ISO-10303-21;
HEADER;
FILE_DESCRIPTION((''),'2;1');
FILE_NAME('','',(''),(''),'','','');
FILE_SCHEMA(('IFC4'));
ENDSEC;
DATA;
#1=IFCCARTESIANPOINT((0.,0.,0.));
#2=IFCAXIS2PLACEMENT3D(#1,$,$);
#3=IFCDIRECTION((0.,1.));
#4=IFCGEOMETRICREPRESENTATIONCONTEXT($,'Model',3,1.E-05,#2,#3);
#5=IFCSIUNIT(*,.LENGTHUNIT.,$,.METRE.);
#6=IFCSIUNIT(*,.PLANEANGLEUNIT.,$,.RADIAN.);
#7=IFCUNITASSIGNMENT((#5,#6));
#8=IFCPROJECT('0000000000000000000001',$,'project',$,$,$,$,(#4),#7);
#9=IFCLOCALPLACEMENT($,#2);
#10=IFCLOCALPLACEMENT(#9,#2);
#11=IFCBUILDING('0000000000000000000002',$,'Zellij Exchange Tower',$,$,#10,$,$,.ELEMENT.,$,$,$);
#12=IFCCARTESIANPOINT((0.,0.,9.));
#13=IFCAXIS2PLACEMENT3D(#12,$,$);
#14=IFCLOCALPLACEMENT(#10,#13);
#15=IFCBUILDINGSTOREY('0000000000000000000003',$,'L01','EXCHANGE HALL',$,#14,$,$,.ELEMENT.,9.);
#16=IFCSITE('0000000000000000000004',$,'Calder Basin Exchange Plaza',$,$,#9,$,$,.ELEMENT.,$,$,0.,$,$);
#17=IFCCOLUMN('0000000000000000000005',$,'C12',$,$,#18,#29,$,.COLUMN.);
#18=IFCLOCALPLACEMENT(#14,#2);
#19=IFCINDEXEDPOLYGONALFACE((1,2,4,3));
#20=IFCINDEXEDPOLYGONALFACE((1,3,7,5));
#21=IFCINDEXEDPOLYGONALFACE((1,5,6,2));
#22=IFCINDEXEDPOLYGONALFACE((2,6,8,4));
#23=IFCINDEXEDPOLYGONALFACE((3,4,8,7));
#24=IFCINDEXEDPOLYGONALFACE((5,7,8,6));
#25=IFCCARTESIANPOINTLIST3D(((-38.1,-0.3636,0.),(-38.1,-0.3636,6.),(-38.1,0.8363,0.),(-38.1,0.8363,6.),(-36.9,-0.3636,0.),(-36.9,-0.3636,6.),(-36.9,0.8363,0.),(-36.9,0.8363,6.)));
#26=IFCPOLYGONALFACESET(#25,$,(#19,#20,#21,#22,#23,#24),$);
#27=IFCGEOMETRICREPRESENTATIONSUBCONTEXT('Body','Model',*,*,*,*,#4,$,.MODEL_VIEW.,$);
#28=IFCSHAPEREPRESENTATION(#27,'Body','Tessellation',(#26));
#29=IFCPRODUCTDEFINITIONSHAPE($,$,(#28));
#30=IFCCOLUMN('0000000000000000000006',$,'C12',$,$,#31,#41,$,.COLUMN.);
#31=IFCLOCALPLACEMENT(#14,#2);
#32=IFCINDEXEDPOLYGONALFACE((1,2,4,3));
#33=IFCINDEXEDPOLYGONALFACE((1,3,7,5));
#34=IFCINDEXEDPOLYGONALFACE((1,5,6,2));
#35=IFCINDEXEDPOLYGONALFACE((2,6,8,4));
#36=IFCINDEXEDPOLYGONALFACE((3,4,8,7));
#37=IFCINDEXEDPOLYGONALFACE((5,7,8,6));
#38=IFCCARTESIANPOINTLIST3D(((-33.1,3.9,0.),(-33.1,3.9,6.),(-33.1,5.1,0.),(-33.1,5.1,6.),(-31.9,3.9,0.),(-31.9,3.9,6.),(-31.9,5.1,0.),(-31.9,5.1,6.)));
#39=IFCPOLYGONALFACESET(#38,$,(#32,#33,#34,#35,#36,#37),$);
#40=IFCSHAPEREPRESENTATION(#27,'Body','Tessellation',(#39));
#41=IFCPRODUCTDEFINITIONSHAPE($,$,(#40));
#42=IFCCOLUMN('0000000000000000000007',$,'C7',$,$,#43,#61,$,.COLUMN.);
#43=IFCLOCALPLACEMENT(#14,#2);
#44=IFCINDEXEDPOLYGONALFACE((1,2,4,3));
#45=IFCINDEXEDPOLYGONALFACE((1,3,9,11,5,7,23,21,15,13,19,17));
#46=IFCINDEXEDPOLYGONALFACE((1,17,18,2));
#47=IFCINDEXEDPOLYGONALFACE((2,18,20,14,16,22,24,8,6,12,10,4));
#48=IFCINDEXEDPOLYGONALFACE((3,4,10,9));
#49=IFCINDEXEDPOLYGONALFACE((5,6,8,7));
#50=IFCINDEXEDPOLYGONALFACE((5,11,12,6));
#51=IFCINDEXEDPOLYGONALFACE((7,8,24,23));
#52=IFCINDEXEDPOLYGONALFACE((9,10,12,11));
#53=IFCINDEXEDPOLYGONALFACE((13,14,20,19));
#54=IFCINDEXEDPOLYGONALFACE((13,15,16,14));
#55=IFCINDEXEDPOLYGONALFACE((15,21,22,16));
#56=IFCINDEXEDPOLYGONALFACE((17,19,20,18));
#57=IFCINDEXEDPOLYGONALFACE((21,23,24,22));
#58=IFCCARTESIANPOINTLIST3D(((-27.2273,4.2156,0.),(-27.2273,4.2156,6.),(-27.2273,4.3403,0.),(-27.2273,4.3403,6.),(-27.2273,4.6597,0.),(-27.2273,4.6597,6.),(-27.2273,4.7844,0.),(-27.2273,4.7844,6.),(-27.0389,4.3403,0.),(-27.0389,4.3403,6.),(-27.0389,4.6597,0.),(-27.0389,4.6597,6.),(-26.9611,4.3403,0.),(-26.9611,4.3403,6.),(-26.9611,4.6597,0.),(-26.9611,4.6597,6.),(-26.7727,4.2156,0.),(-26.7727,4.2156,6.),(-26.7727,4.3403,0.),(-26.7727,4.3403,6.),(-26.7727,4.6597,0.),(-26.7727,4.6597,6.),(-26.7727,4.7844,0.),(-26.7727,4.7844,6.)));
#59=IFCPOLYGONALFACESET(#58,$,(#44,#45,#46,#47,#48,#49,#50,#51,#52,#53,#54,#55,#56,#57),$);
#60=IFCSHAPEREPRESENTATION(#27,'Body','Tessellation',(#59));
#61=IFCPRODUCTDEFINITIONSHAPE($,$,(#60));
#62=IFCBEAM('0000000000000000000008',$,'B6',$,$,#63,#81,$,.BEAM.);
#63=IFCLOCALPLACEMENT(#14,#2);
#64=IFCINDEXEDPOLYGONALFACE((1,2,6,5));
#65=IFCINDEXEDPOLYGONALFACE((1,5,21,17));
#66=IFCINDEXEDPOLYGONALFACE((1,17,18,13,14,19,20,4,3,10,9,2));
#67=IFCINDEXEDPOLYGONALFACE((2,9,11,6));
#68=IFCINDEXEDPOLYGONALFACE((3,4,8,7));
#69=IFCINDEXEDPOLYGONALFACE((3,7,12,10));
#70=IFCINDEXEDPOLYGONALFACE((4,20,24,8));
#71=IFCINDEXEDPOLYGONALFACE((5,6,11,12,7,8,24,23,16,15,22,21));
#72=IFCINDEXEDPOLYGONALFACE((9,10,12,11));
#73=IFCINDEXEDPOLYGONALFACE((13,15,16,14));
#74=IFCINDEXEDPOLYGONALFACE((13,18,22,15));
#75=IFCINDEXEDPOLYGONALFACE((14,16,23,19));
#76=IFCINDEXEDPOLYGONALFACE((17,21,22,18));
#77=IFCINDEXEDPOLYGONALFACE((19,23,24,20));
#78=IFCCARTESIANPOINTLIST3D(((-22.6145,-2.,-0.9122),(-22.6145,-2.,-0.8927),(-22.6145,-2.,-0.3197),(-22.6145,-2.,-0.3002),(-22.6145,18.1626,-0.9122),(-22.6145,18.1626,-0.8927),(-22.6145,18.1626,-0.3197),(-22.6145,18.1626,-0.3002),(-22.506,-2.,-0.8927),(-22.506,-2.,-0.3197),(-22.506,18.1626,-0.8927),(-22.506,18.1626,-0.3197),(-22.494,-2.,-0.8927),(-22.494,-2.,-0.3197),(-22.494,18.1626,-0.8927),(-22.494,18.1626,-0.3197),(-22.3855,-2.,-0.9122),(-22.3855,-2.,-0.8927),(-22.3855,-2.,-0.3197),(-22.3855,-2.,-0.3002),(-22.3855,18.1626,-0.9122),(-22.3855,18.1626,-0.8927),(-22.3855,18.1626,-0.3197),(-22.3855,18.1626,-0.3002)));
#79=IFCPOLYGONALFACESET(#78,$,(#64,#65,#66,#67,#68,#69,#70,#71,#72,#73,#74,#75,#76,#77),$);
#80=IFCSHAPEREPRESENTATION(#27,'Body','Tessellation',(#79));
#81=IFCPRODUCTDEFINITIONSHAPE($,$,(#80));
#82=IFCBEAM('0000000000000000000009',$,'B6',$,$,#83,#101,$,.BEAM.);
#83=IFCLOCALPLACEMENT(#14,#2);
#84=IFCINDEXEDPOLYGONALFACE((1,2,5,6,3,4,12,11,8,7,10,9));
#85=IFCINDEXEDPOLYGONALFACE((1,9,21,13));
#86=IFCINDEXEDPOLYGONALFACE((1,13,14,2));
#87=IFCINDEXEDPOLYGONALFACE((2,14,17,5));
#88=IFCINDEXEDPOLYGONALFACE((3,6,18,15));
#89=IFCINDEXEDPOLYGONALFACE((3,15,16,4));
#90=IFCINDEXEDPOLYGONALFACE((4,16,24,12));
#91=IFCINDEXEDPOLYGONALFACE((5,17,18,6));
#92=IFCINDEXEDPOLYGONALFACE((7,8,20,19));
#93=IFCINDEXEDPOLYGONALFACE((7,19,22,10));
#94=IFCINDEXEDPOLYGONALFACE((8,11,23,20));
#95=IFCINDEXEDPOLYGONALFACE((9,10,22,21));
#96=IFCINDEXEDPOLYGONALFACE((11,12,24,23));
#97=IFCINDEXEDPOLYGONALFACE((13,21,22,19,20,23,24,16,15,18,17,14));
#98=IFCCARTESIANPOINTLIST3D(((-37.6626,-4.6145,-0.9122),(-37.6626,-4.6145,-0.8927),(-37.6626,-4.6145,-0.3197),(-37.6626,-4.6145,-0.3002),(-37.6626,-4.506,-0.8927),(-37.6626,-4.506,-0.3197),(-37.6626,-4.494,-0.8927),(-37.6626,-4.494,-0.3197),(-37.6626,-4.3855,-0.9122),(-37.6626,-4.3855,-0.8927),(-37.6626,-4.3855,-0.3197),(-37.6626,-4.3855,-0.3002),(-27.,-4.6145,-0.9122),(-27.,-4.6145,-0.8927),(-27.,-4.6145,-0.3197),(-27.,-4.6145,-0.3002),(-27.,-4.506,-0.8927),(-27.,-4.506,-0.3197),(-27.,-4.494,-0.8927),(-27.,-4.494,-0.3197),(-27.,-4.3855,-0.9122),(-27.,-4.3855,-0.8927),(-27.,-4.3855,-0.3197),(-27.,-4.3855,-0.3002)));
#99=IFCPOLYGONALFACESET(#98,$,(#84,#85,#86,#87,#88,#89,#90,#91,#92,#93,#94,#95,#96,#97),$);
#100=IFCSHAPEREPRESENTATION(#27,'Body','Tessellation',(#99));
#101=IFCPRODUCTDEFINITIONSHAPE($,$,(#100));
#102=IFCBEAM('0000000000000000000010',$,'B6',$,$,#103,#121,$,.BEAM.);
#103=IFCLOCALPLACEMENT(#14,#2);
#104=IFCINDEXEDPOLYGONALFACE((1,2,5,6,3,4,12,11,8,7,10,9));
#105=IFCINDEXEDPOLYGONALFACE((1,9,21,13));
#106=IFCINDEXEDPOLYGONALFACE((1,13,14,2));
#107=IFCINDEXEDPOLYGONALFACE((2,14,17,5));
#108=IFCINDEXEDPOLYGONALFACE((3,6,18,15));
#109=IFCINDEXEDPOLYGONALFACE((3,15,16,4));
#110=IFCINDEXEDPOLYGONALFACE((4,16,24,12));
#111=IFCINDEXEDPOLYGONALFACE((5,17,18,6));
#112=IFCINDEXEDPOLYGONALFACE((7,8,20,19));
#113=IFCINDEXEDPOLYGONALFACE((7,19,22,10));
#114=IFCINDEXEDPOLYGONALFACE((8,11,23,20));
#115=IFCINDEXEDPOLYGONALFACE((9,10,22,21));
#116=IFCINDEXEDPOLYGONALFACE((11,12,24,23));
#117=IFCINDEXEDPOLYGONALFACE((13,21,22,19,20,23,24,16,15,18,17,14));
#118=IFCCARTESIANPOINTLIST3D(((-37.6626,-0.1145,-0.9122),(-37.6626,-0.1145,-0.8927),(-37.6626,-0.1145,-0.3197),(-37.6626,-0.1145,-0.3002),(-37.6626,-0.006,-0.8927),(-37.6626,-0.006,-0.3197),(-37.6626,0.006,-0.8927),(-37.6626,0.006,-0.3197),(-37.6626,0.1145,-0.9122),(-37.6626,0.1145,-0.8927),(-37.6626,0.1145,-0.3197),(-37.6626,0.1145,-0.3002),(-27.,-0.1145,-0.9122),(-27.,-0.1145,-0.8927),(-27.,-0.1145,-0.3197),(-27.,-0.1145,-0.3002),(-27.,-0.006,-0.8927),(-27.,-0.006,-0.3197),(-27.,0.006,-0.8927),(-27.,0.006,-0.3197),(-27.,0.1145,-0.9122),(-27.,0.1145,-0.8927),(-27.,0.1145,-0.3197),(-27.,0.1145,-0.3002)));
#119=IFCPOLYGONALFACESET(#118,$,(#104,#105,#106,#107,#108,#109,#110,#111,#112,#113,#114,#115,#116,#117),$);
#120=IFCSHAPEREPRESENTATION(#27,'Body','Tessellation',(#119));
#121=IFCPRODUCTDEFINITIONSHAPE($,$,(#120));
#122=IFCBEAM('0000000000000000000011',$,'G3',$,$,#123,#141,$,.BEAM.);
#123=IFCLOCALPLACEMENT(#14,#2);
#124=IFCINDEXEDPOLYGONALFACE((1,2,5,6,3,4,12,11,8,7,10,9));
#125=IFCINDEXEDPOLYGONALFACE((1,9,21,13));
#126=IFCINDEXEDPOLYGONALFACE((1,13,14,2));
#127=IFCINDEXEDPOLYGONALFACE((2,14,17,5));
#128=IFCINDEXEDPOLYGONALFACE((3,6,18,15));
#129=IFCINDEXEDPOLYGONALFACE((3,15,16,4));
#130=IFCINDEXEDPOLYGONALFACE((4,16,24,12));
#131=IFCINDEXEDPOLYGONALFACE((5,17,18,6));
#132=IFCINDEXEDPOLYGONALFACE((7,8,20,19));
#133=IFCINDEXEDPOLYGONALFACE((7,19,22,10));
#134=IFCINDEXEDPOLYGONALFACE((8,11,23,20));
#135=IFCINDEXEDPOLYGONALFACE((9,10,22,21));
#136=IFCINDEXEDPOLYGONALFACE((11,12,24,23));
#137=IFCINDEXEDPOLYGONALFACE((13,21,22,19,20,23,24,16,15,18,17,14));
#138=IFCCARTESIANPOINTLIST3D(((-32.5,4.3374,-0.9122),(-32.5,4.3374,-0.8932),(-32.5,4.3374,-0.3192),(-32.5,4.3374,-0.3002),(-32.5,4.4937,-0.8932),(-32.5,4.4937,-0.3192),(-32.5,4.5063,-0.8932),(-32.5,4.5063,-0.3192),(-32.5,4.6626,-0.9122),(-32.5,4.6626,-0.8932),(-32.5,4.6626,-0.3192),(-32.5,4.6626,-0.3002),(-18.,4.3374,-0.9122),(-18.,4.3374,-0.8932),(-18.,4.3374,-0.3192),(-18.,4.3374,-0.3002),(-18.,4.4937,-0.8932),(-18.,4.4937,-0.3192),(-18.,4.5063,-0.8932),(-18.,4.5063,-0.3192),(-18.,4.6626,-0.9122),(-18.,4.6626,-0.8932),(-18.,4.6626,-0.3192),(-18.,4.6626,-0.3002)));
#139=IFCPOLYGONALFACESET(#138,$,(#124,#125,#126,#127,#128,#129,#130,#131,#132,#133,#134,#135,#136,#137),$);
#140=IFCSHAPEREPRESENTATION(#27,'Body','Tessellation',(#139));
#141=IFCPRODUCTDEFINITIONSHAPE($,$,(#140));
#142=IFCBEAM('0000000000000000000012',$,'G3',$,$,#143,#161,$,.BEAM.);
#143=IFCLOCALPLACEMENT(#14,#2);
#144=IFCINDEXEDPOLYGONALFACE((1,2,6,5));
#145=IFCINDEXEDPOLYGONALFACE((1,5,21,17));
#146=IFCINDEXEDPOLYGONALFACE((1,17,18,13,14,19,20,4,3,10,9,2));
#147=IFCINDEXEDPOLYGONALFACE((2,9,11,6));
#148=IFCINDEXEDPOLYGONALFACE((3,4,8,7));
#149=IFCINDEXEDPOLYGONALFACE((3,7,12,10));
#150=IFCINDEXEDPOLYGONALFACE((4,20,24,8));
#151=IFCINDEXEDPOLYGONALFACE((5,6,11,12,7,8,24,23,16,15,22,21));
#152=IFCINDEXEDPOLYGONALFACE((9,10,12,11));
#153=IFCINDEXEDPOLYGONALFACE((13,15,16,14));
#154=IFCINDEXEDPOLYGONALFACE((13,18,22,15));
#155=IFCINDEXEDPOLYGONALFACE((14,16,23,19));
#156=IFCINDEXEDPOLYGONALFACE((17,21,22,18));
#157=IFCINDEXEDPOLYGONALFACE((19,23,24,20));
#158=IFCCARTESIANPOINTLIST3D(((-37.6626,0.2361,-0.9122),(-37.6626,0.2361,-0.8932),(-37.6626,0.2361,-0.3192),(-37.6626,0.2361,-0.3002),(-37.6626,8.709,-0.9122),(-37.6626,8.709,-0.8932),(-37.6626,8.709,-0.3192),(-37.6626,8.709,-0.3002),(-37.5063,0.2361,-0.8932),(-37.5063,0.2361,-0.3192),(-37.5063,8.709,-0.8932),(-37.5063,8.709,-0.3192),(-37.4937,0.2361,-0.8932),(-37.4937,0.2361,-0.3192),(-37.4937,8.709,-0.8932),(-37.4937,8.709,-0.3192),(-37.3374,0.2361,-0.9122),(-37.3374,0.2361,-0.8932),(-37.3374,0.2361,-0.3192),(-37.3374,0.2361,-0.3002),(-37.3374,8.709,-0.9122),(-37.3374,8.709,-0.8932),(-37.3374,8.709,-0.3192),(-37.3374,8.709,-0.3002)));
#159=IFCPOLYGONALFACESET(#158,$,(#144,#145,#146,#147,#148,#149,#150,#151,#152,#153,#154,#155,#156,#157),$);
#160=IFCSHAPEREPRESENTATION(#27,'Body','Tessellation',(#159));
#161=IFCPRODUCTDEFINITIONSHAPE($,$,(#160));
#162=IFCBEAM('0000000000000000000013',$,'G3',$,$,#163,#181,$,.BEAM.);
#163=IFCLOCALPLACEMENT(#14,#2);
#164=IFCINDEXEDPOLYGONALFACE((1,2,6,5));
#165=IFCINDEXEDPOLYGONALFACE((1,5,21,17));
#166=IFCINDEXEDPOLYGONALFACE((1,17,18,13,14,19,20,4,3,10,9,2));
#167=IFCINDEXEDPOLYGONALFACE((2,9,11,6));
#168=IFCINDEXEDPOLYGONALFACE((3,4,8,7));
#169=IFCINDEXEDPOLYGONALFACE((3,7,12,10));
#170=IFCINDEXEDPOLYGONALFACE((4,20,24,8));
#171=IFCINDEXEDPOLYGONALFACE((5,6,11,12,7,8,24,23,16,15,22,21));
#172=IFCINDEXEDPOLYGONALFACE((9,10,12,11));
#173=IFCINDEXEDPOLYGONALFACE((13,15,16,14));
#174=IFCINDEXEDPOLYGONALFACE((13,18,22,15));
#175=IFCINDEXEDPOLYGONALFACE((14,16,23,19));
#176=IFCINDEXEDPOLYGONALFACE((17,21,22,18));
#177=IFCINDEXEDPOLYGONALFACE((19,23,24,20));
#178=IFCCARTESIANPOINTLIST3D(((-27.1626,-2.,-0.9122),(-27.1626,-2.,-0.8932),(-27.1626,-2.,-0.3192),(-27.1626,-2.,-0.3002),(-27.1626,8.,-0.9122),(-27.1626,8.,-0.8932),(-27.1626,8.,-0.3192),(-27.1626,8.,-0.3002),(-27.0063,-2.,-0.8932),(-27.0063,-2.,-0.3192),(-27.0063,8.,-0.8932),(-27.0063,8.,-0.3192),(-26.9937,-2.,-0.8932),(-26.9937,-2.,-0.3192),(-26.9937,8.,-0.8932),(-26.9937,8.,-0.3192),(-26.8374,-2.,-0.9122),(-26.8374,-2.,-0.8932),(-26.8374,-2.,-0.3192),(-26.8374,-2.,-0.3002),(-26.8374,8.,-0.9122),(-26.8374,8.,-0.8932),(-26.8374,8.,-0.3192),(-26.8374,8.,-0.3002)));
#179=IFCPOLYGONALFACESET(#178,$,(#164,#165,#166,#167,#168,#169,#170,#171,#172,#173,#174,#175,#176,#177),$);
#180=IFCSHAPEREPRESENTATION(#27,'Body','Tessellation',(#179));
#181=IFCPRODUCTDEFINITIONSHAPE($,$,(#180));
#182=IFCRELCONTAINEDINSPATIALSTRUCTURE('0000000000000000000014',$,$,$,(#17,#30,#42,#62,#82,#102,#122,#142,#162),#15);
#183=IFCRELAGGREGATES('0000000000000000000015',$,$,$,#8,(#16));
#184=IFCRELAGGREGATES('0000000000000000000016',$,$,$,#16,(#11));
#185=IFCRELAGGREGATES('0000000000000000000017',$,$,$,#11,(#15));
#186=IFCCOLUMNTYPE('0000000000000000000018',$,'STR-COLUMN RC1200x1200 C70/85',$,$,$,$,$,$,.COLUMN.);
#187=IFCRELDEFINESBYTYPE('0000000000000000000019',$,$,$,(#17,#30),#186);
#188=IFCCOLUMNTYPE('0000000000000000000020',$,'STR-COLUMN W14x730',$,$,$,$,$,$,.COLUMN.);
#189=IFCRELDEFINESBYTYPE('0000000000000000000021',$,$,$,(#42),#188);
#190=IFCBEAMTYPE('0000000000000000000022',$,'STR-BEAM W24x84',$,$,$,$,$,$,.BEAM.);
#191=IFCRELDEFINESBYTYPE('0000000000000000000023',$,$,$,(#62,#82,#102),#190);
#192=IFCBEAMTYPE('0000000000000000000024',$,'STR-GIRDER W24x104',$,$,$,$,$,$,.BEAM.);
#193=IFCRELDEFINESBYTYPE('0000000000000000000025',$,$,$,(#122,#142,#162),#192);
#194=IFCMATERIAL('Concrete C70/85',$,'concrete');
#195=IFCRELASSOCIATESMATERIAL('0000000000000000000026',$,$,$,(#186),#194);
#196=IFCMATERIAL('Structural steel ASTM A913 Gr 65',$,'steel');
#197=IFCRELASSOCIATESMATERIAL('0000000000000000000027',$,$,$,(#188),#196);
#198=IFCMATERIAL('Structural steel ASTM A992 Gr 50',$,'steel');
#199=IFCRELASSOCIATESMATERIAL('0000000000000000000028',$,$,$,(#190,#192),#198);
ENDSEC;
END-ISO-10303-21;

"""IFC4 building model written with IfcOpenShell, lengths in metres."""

from ifc_helpers import new_model, si_unit, direction, frame, origin, origin_2d, place, context, subcontext, project, spatial, rectangle, i_section, extrude, material, material_profile, profile_set, type_object, element, save


model = new_model("IFC4")

# Units and contexts
model_context = context("Model", 3, precision=1e-05, world=origin(), true_north=direction((0.0, 1.0)))
body_context = subcontext(model_context, "Body", "Model", "MODEL_VIEW")
ifc_project = project(units=[si_unit("LENGTHUNIT", "METRE"), si_unit("PLANEANGLEUNIT", "RADIAN")], contexts=[model_context])

# Site, building, storey
site_placement = place(None, origin())
site = spatial("IfcSite", under=ifc_project, at=site_placement, Name="Calder Basin Exchange Plaza", CompositionType="ELEMENT", RefElevation=0.0)
building_placement = place(site_placement, origin())
building = spatial("IfcBuilding", under=site, at=building_placement, Name="Zellij Exchange Tower", CompositionType="ELEMENT")
storey_placement = place(building_placement, frame((0.0, 0.0, 9.0)))
storey = spatial("IfcBuildingStorey", under=building, at=storey_placement, Name="L01", Description="EXCHANGE HALL", CompositionType="ELEMENT", Elevation=9.0)

# Columns
ifc_material_1 = material(Name="Concrete C70/85", Category="concrete")
ifc_material_profile_1 = material_profile(ifc_material_1, rectangle(XDim=1.2, YDim=1.2, at=origin_2d()), Name="STR-COLUMN RC1200x1200 C70/85")
ifc_profile_set_1 = profile_set([ifc_material_profile_1], Name="Concrete C70/85")
column_type_1 = type_object("IfcColumnType", Name="STR-COLUMN RC1200x1200 C70/85", PredefinedType="COLUMN", material=ifc_profile_set_1)
for number, where, z_axis, x_axis, name in (
    (1, (-37.5, 0.2363, 0.0), (0.0, 0.0, 1.0), (1.0, 0.0, 0.0), "C12"),
    (2, (-32.5, 4.5, 0.0), (0.0, 0.0, 1.0), (1.0, 0.0, 0.0), "C12"),
):
    element("IfcColumn", number, at=place(storey_placement, frame(where, z_axis=z_axis, x_axis=x_axis)), inside=storey, type_object=column_type_1, Name=name, PredefinedType="COLUMN", context=body_context, shape_type="SweptSolid", body=[
        extrude(rectangle(XDim=1.2, YDim=1.2, at=origin_2d()), origin(), (0.0, 0.0, 1.0), 6.0),
    ])
ifc_material_2 = material(Name="Structural steel ASTM A913 Gr 65", Category="steel")
ifc_material_profile_2 = material_profile(ifc_material_2, i_section(OverallWidth=0.4546, OverallDepth=0.5688, WebThickness=0.0779, FlangeThickness=0.1248, at=origin_2d()), Name="W14x730")
ifc_profile_set_2 = profile_set([ifc_material_profile_2], Name="Structural steel ASTM A913 Gr 65")
column_type_2 = type_object("IfcColumnType", Name="STR-COLUMN W14x730", PredefinedType="COLUMN", material=ifc_profile_set_2)
column_placement = place(storey_placement, frame((-27.0, 4.5, 0.0), z_axis=(0.0, 0.0, 1.0), x_axis=(1.0, 0.0, 0.0)))
element("IfcColumn", 3, at=column_placement, inside=storey, type_object=column_type_2, Name="C7", PredefinedType="COLUMN", context=body_context, shape_type="SweptSolid", body=[
    extrude(i_section(OverallWidth=0.4546, OverallDepth=0.5688, WebThickness=0.0779, FlangeThickness=0.1248, at=origin_2d()), origin(), (0.0, 0.0, 1.0), 6.0),
])

# Beams
ifc_material_3 = material(Name="Structural steel ASTM A992 Gr 50", Category="steel")
ifc_material_profile_3 = material_profile(ifc_material_3, i_section(OverallWidth=0.229, OverallDepth=0.6121, WebThickness=0.012, FlangeThickness=0.0195, at=origin_2d()), Name="W24x84")
ifc_profile_set_3 = profile_set([ifc_material_profile_3], Name="Structural steel ASTM A992 Gr 50")
beam_type_1 = type_object("IfcBeamType", Name="STR-BEAM W24x84", PredefinedType="BEAM", material=ifc_profile_set_3)
beam_1_placement = place(storey_placement, frame((-22.5, -2.0, -0.6062), z_axis=(0.0, 1.0, 0.0), x_axis=(-1.0, 0.0, 0.0)))
element("IfcBeam", 4, at=beam_1_placement, inside=storey, type_object=beam_type_1, Name="B6", PredefinedType="BEAM", context=body_context, shape_type="SweptSolid", body=[
    extrude(i_section(OverallWidth=0.229, OverallDepth=0.6121, WebThickness=0.012, FlangeThickness=0.0195, at=origin_2d()), origin(), (0.0, 0.0, 1.0), 20.1626),
])
for number, where, z_axis, x_axis, name in (
    (5, (-37.6626, -4.5, -0.6062), (1.0, 0.0, 0.0), (0.0, 1.0, 0.0), "B6"),
    (6, (-37.6626, 0.0, -0.6062), (1.0, 0.0, 0.0), (0.0, 1.0, 0.0), "B6"),
):
    element("IfcBeam", number, at=place(storey_placement, frame(where, z_axis=z_axis, x_axis=x_axis)), inside=storey, type_object=beam_type_1, Name=name, PredefinedType="BEAM", context=body_context, shape_type="SweptSolid", body=[
        extrude(i_section(OverallWidth=0.229, OverallDepth=0.6121, WebThickness=0.012, FlangeThickness=0.0195, at=origin_2d()), origin(), (0.0, 0.0, 1.0), 10.6626),
    ])
ifc_material_profile_4 = material_profile(ifc_material_3, i_section(OverallWidth=0.3252, OverallDepth=0.6121, WebThickness=0.0127, FlangeThickness=0.019, at=origin_2d()), Name="W24x104")
ifc_profile_set_4 = profile_set([ifc_material_profile_4], Name="Structural steel ASTM A992 Gr 50")
beam_type_2 = type_object("IfcBeamType", Name="STR-GIRDER W24x104", PredefinedType="BEAM", material=ifc_profile_set_4)
beam_2_placement = place(storey_placement, frame((-32.5, 4.5, -0.6062), z_axis=(1.0, 0.0, 0.0), x_axis=(0.0, 1.0, 0.0)))
element("IfcBeam", 7, at=beam_2_placement, inside=storey, type_object=beam_type_2, Name="G3", PredefinedType="BEAM", context=body_context, shape_type="SweptSolid", body=[
    extrude(i_section(OverallWidth=0.3252, OverallDepth=0.6121, WebThickness=0.0127, FlangeThickness=0.019, at=origin_2d()), origin(), (0.0, 0.0, 1.0), 14.5),
])
beam_3_placement = place(storey_placement, frame((-37.5, 0.2361, -0.6062), z_axis=(0.0, 1.0, 0.0), x_axis=(-1.0, 0.0, 0.0)))
element("IfcBeam", 8, at=beam_3_placement, inside=storey, type_object=beam_type_2, Name="G3", PredefinedType="BEAM", context=body_context, shape_type="SweptSolid", body=[
    extrude(i_section(OverallWidth=0.3252, OverallDepth=0.6121, WebThickness=0.0127, FlangeThickness=0.019, at=origin_2d()), origin(), (0.0, 0.0, 1.0), 8.4729),
])
beam_4_placement = place(storey_placement, frame((-27.0, -2.0, -0.6062), z_axis=(0.0, 1.0, 0.0), x_axis=(-1.0, 0.0, 0.0)))
element("IfcBeam", 9, at=beam_4_placement, inside=storey, type_object=beam_type_2, Name="G3", PredefinedType="BEAM", context=body_context, shape_type="SweptSolid", body=[
    extrude(i_section(OverallWidth=0.3252, OverallDepth=0.6121, WebThickness=0.0127, FlangeThickness=0.019, at=origin_2d()), origin(), (0.0, 0.0, 1.0), 10.0),
])

save(model, "model.ifc")
